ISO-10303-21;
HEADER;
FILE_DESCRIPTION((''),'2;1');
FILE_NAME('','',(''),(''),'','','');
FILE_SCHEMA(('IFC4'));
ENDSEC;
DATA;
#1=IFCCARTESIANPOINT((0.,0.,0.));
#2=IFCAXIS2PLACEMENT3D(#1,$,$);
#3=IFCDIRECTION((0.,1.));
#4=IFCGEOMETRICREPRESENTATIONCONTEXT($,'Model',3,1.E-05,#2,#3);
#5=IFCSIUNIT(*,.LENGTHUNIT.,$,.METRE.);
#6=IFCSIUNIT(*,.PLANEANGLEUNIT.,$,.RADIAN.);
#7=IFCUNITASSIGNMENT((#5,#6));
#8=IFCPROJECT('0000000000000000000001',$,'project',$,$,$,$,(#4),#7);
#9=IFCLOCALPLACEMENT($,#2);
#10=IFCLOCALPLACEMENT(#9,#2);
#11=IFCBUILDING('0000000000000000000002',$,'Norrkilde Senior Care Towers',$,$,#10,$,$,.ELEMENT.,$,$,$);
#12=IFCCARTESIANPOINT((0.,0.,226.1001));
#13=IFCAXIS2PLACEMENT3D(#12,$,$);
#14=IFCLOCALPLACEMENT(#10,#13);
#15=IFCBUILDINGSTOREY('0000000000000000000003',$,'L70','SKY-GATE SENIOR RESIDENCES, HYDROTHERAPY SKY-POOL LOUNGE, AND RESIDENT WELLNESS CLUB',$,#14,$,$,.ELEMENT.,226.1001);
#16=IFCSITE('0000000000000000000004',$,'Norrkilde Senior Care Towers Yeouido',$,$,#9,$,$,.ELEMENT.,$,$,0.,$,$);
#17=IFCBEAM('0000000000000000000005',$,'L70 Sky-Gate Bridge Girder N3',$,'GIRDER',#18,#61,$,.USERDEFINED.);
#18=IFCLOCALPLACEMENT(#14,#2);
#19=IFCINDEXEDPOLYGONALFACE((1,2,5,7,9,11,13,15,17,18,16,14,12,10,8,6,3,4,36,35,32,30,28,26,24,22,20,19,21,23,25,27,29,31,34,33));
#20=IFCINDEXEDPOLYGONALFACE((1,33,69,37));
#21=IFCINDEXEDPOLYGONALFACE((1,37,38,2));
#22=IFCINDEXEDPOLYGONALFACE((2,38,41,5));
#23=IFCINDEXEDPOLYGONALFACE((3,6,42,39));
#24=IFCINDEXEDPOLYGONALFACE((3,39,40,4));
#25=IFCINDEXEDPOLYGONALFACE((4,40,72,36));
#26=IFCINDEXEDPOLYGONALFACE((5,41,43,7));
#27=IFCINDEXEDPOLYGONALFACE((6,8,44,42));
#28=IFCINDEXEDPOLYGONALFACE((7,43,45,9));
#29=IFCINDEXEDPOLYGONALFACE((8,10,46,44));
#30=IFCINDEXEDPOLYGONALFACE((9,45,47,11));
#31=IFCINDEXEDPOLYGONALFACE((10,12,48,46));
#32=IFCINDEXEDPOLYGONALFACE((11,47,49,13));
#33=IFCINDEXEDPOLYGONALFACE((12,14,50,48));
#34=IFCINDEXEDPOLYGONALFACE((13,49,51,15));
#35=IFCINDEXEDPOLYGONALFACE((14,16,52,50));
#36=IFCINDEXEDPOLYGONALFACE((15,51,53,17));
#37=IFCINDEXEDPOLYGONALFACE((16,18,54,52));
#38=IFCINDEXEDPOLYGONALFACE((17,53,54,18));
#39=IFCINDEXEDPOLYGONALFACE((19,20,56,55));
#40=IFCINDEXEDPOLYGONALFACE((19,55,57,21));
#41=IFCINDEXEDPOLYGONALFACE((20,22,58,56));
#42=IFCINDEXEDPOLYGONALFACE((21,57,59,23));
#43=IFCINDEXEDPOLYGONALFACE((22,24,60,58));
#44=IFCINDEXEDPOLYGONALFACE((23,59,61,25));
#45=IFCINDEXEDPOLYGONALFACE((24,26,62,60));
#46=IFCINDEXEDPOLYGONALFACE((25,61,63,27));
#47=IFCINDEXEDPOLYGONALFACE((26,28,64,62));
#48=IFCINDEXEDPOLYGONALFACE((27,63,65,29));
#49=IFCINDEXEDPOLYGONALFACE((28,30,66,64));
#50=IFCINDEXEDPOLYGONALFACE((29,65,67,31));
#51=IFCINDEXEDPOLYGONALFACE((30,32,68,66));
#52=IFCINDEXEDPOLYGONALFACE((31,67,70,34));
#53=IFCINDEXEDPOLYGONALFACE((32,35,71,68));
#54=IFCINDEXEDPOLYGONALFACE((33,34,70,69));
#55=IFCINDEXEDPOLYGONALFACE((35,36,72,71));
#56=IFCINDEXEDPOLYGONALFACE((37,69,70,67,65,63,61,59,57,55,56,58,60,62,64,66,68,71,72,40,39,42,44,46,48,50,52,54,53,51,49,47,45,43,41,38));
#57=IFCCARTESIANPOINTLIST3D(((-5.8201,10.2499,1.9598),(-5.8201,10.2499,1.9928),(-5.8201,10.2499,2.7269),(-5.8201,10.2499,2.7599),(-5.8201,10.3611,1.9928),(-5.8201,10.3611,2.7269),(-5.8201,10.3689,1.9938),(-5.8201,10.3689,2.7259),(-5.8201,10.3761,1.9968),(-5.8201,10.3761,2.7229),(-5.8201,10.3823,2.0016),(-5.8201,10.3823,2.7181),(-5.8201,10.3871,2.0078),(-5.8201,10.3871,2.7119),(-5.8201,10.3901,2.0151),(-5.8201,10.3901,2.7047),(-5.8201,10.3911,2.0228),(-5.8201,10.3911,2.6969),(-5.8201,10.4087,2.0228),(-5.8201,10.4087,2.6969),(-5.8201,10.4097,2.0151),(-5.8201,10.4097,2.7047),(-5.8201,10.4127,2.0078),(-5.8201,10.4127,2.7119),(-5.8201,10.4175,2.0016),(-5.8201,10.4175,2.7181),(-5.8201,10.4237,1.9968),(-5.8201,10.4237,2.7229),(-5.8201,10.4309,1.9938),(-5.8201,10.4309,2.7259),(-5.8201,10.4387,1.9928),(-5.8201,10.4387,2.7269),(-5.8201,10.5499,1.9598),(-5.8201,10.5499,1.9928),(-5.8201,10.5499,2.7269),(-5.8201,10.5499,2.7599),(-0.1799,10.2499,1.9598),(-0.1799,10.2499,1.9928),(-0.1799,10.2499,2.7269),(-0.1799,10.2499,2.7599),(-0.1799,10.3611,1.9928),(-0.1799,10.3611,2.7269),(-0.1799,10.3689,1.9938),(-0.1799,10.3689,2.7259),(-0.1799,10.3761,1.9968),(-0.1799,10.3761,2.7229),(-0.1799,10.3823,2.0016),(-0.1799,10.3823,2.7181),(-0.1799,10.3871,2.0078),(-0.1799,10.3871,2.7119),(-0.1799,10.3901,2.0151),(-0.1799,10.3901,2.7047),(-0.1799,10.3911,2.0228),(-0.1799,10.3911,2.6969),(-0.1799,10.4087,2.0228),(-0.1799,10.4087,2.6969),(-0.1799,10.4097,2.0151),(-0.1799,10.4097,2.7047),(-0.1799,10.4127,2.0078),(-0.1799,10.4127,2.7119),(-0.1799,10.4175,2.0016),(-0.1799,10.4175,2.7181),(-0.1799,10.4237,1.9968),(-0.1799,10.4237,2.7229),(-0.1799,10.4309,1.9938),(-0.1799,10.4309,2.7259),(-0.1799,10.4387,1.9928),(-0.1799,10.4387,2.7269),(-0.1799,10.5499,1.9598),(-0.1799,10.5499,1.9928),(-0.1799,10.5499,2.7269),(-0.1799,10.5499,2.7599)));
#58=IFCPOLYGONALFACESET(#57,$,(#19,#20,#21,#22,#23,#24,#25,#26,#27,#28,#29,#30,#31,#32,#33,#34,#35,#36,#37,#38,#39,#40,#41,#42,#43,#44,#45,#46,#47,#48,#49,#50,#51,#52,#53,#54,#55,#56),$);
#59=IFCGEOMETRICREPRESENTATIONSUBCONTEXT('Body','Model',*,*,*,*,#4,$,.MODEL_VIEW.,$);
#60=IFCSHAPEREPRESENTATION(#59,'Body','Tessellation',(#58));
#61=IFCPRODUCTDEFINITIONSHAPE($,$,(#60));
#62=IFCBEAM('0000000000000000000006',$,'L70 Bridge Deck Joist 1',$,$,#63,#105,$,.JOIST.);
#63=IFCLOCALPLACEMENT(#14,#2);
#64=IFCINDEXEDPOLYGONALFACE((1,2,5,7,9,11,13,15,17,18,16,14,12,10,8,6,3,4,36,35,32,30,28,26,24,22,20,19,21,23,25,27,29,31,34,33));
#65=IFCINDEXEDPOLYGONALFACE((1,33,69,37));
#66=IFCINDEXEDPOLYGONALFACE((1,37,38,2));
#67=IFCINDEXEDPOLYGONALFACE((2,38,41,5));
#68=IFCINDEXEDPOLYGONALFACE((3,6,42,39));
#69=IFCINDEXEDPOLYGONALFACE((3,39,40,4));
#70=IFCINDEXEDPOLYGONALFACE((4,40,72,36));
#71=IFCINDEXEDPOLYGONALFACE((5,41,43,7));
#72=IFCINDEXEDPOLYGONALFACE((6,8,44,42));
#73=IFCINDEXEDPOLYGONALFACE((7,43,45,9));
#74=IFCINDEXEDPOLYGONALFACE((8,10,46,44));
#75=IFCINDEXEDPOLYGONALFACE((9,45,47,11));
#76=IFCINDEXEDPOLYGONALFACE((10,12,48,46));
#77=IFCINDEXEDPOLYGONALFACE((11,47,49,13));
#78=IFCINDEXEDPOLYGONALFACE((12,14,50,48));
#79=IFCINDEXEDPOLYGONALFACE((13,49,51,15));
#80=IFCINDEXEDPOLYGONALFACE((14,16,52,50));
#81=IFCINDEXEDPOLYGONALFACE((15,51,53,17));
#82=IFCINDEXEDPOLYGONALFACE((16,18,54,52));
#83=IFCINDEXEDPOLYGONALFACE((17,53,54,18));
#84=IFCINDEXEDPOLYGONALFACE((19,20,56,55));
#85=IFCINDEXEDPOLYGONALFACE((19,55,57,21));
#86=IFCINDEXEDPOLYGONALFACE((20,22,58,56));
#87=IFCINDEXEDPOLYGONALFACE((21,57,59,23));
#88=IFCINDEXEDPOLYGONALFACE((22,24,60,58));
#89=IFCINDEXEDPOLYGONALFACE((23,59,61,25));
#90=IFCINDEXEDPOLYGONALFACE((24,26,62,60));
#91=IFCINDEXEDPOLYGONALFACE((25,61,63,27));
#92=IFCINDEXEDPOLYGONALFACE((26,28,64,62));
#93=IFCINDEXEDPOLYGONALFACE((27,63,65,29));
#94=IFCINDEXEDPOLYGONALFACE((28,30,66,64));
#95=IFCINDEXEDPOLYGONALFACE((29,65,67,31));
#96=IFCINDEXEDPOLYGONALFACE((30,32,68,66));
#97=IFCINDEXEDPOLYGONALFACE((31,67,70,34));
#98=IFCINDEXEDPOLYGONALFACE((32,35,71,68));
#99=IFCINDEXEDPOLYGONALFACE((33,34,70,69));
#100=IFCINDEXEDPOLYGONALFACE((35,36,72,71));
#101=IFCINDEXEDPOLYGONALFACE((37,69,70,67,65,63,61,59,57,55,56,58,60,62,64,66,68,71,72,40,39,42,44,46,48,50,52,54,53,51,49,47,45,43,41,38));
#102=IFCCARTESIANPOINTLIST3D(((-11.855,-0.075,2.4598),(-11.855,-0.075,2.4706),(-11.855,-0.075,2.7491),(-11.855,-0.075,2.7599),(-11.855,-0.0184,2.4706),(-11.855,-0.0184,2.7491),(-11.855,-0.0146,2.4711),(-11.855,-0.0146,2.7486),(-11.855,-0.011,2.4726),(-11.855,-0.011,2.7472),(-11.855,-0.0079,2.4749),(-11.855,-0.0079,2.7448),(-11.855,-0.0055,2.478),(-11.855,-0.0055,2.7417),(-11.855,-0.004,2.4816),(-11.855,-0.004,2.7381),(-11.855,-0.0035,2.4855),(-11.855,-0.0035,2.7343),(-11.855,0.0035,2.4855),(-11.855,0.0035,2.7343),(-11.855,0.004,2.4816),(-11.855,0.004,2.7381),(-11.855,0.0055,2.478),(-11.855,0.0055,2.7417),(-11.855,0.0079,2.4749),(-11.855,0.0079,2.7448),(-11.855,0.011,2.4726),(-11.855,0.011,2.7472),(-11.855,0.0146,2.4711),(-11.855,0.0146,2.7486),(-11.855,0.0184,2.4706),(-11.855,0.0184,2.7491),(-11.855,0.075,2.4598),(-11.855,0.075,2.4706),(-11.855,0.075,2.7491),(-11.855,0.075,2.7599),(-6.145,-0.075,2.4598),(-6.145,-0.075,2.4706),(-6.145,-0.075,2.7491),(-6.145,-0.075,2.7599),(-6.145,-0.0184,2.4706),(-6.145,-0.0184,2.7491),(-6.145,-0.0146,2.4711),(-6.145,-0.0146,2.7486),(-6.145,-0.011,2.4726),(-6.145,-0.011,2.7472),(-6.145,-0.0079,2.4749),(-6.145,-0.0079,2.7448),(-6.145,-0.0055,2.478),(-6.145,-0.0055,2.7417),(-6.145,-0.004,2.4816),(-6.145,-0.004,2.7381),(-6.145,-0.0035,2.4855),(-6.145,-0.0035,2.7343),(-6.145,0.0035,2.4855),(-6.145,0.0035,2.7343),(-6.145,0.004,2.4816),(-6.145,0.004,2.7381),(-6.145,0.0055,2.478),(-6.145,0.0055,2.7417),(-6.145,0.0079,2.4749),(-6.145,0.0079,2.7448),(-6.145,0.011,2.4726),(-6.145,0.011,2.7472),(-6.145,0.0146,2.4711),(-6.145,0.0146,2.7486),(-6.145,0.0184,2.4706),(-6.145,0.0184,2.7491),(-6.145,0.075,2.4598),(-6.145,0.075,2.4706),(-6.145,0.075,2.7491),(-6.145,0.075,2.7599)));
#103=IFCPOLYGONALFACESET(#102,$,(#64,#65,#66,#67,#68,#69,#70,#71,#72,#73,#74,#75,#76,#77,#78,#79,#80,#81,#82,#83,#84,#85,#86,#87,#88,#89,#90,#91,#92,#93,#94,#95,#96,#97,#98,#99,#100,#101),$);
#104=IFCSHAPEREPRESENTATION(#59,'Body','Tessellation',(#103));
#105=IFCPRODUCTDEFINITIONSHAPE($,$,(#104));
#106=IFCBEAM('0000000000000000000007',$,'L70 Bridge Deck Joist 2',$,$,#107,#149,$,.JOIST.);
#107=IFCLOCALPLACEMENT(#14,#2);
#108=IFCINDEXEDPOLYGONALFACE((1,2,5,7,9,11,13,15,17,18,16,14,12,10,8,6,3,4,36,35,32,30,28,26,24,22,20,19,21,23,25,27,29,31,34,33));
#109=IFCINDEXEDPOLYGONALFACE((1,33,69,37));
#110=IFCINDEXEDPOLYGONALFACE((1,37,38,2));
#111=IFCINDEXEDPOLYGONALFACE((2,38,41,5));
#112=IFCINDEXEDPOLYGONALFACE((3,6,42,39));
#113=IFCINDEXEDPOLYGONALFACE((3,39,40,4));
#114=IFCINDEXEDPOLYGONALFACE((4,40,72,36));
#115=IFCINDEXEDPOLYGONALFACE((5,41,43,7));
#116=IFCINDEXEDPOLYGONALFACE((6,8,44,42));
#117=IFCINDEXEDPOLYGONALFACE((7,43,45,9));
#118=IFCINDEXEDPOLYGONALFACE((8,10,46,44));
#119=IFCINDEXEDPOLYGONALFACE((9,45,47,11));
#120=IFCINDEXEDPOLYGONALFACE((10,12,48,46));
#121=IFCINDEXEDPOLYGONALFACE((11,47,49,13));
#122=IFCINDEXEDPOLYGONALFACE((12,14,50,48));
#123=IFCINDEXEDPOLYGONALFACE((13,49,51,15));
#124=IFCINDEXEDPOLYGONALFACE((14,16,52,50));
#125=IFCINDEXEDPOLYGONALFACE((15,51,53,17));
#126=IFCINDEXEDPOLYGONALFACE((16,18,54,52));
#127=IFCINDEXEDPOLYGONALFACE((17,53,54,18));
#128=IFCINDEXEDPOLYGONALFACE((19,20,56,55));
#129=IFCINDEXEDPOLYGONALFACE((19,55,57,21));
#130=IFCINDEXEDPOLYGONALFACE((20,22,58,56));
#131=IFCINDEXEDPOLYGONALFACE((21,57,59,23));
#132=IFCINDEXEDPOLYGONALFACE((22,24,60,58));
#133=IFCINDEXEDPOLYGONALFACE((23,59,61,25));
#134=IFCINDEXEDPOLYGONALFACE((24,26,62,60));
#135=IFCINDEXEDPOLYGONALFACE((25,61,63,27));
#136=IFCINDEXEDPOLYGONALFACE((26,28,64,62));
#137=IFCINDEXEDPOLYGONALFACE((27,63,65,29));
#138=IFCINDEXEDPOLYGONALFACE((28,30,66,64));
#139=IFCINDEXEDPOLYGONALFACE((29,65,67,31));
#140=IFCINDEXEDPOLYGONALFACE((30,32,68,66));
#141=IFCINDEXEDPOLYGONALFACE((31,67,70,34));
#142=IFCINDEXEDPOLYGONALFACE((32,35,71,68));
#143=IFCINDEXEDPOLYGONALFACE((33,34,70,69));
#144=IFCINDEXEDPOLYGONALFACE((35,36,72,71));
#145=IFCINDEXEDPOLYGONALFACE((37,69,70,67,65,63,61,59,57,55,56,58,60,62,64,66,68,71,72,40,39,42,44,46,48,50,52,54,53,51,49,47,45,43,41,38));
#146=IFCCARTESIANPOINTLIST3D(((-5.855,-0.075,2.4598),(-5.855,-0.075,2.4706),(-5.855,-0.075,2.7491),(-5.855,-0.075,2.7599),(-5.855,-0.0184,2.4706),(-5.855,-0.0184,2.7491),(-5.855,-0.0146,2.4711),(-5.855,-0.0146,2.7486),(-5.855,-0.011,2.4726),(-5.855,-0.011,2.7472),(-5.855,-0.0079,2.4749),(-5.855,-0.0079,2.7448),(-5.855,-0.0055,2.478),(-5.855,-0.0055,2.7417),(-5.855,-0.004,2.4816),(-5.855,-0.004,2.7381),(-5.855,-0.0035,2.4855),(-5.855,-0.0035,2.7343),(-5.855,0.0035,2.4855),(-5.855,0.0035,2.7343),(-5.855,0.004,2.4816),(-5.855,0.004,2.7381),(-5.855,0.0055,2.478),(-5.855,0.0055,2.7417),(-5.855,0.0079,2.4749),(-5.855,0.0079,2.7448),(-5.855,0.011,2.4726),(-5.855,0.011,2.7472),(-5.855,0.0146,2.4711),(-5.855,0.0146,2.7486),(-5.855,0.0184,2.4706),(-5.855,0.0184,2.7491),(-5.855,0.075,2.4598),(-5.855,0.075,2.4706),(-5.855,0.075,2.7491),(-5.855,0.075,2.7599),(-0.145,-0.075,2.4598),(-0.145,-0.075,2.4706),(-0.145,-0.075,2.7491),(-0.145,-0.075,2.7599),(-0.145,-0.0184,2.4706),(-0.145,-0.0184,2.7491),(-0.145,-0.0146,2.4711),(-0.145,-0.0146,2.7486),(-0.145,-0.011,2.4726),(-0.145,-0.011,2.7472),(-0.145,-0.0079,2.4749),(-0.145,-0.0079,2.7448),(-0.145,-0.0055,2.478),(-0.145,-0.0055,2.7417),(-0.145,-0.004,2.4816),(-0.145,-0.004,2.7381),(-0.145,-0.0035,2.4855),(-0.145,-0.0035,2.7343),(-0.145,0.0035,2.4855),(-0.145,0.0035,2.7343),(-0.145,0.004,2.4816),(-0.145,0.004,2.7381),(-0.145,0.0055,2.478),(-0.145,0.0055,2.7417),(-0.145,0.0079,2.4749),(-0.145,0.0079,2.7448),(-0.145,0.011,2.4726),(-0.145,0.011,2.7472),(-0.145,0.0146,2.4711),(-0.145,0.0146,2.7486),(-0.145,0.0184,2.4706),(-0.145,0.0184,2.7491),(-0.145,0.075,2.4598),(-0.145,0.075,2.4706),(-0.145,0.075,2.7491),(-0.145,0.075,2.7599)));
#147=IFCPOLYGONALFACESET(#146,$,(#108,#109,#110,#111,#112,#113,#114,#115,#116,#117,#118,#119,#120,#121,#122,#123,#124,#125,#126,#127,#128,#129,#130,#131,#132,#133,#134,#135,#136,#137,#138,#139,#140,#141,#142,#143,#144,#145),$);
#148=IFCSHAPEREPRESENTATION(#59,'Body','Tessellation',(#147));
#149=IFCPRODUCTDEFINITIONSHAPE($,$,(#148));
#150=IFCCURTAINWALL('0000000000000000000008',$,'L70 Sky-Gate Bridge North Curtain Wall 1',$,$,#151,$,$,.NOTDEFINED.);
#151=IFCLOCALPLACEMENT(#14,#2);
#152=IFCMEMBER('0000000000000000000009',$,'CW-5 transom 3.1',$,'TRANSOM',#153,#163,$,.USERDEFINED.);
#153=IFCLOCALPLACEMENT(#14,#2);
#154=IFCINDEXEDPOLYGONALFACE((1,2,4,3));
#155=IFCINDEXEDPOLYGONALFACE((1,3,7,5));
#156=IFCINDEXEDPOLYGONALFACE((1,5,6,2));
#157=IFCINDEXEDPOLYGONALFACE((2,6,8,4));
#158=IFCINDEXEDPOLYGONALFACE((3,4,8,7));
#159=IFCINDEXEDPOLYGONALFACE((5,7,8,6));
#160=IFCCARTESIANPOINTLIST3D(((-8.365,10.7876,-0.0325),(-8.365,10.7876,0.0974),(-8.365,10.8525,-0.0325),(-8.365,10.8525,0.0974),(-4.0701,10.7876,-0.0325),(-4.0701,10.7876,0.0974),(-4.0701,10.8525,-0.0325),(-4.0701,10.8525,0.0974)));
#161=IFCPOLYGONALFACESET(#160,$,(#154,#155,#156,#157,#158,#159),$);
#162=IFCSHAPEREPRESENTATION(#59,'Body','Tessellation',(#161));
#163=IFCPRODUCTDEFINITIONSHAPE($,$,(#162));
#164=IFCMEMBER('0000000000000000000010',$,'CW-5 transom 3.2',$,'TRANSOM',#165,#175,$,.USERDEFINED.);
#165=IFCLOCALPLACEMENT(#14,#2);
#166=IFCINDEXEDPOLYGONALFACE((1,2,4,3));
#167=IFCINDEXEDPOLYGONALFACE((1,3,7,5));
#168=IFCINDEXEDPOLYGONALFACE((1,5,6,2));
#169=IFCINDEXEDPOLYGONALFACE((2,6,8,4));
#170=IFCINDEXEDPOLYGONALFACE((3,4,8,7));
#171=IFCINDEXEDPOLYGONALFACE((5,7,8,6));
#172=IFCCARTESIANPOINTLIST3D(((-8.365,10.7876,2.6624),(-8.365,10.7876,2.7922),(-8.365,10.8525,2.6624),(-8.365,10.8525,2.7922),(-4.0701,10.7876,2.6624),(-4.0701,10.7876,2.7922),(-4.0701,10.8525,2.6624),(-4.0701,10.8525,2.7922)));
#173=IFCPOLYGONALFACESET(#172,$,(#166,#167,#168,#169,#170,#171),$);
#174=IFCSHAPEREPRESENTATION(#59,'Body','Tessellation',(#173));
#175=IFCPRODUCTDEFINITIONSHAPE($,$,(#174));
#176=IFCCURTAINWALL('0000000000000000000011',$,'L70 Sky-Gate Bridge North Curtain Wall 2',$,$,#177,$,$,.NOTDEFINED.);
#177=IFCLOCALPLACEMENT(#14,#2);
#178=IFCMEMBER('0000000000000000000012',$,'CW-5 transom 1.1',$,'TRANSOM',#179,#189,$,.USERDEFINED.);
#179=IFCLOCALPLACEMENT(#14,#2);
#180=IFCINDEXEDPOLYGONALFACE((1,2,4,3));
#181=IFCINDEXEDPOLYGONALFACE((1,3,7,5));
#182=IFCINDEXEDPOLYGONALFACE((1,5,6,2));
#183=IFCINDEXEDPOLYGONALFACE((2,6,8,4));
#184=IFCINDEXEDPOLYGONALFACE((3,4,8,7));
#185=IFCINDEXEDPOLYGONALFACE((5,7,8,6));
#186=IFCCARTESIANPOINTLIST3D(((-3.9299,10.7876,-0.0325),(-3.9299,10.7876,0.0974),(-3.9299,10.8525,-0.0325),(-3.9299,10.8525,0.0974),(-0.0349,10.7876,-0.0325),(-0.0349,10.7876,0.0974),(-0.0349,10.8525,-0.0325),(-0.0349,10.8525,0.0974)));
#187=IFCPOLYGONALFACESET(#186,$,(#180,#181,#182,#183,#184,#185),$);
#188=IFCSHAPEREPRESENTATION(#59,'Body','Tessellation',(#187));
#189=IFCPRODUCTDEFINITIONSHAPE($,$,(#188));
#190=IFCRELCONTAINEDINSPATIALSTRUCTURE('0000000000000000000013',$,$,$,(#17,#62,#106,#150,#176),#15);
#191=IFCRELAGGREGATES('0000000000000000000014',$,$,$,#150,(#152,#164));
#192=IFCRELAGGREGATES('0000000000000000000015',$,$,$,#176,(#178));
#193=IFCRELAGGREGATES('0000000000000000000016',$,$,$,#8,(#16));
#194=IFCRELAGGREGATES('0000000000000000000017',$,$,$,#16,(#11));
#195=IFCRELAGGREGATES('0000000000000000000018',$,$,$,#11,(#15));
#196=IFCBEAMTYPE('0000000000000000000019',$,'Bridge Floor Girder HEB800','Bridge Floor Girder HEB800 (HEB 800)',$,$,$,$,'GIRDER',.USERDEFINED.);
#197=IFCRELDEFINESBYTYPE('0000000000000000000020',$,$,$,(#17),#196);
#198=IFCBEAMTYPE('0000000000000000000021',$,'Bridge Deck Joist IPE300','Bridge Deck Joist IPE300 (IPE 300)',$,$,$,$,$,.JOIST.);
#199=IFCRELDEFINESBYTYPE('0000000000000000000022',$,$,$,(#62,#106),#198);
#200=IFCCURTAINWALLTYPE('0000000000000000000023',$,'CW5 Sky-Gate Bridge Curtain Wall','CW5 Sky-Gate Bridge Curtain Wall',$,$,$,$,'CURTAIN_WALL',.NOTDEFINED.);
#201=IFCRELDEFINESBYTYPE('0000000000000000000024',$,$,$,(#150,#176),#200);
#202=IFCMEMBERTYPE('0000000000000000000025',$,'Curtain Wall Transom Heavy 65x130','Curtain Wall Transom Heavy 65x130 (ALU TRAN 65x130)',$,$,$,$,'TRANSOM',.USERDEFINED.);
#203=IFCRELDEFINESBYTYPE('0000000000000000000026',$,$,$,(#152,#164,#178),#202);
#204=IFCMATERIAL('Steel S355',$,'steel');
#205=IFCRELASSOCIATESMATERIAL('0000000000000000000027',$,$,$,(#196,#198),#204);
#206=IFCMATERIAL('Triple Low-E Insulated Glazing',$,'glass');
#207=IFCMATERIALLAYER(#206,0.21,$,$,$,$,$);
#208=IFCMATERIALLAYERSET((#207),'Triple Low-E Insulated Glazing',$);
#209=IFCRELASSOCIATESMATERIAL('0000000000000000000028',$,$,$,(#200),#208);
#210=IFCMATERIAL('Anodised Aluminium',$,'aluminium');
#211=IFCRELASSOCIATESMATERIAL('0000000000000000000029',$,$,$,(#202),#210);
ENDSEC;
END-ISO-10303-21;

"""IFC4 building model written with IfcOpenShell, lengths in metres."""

from ifc_helpers import new_model, si_unit, direction, frame, origin, origin_2d, place, context, subcontext, project, spatial, rectangle, i_section, extrude, source, transform, mapped, material, layer, layer_set, material_profile, profile_set, type_object, type_shapes, element, aggregate, save


model = new_model("IFC4")

# Units and contexts
model_context = context("Model", 3, precision=1e-05, world=origin(), true_north=direction((0.0, 1.0)))
body_context = subcontext(model_context, "Body", "Model", "MODEL_VIEW")
ifc_project = project(units=[si_unit("LENGTHUNIT", "METRE"), si_unit("PLANEANGLEUNIT", "RADIAN")], contexts=[model_context])

# Site, building, storey
site_placement = place(None, origin())
site = spatial("IfcSite", under=ifc_project, at=site_placement, Name="Norrkilde Senior Care Towers Yeouido", CompositionType="ELEMENT", RefElevation=0.0)
building_placement = place(site_placement, origin())
building = spatial("IfcBuilding", under=site, at=building_placement, Name="Norrkilde Senior Care Towers", CompositionType="ELEMENT")
storey_placement = place(building_placement, frame((0.0, 0.0, 226.1001)))
storey = spatial("IfcBuildingStorey", under=building, at=storey_placement, Name="L70", Description="SKY-GATE SENIOR RESIDENCES, HYDROTHERAPY SKY-POOL LOUNGE, AND RESIDENT WELLNESS CLUB", CompositionType="ELEMENT", Elevation=226.1001)

# Shared definitions
ifc_material_1 = material(Name="Steel S355", Category="steel")

# Beams
ifc_material_profile_1 = material_profile(ifc_material_1, i_section(OverallWidth=0.3, OverallDepth=0.8, WebThickness=0.0176, FlangeThickness=0.033, FilletRadius=0.03, at=origin_2d()), Name="HEB 800")
ifc_profile_set_1 = profile_set([ifc_material_profile_1], Name="Steel S355")
beam_type_1 = type_object("IfcBeamType", Name="Bridge Floor Girder HEB800", Description="Bridge Floor Girder HEB800 (HEB 800)", ElementType="GIRDER", PredefinedType="USERDEFINED", material=ifc_profile_set_1)
shared_shape_1 = source(origin(), body_context, "Body", "SweptSolid", [
    extrude(i_section(OverallWidth=0.3, OverallDepth=0.8, WebThickness=0.0176, FlangeThickness=0.033, FilletRadius=0.03, at=origin_2d()), origin(), (0.0, 0.0, 1.0), 5.6401),
])
type_shapes(beam_type_1, [shared_shape_1])
for number, where, z_axis, x_axis, name in (
    (1, (-5.8201, 10.3999, 2.3599), (1.0, 0.0, 0.0), (0.0, 1.0, 0.0), "L70 Sky-Gate Bridge Girder N3"),
):
    element("IfcBeam", number, at=place(storey_placement, frame(where, z_axis=z_axis, x_axis=x_axis)), inside=storey, type_object=beam_type_1, Name=name, ObjectType="GIRDER", PredefinedType="USERDEFINED", context=body_context, shape_type="MappedRepresentation", body=[
        mapped(shared_shape_1, transform((0.0, 0.0, 0.0), x_axis=(1.0, 0.0, 0.0), y_axis=(0.0, 1.0, 0.0), z_axis=(0.0, 0.0, 1.0), scale=1.0)),
    ])
ifc_material_profile_2 = material_profile(ifc_material_1, i_section(OverallWidth=0.1499, OverallDepth=0.3, WebThickness=0.0071, FlangeThickness=0.0107, FilletRadius=0.0149, at=origin_2d()), Name="IPE 300")
ifc_profile_set_2 = profile_set([ifc_material_profile_2], Name="Steel S355")
beam_type_2 = type_object("IfcBeamType", Name="Bridge Deck Joist IPE300", Description="Bridge Deck Joist IPE300 (IPE 300)", PredefinedType="JOIST", material=ifc_profile_set_2)
shared_shape_2 = source(origin(), body_context, "Body", "SweptSolid", [
    extrude(i_section(OverallWidth=0.1499, OverallDepth=0.3, WebThickness=0.0071, FlangeThickness=0.0107, FilletRadius=0.0149, at=origin_2d()), origin(), (0.0, 0.0, 1.0), 5.71),
])
type_shapes(beam_type_2, [shared_shape_2])
for number, where, z_axis, x_axis, name in (
    (2, (-11.855, 0.0, 2.6099), (1.0, 0.0, 0.0), (0.0, 1.0, 0.0), "L70 Bridge Deck Joist 1"),
    (3, (-5.855, 0.0, 2.6099), (1.0, 0.0, 0.0), (0.0, 1.0, 0.0), "L70 Bridge Deck Joist 2"),
):
    element("IfcBeam", number, at=place(storey_placement, frame(where, z_axis=z_axis, x_axis=x_axis)), inside=storey, type_object=beam_type_2, Name=name, PredefinedType="JOIST", context=body_context, shape_type="MappedRepresentation", body=[
        mapped(shared_shape_2, transform((0.0, 0.0, 0.0), x_axis=(1.0, 0.0, 0.0), y_axis=(0.0, 1.0, 0.0), z_axis=(0.0, 0.0, 1.0), scale=1.0)),
    ])

# Curtain walls, members
ifc_material_2 = material(Name="Triple Low-E Insulated Glazing", Category="glass")
ifc_layer_1 = layer(ifc_material_2, 0.21)
ifc_layer_set_1 = layer_set([ifc_layer_1], Name="Triple Low-E Insulated Glazing")
curtain_wall_type = type_object("IfcCurtainWallType", Name="CW5 Sky-Gate Bridge Curtain Wall", Description="CW5 Sky-Gate Bridge Curtain Wall", ElementType="CURTAIN_WALL", PredefinedType="NOTDEFINED", material=ifc_layer_set_1)
curtain_wall_1_placement = place(storey_placement, origin())
curtain_wall_1 = element("IfcCurtainWall", 4, at=curtain_wall_1_placement, inside=storey, type_object=curtain_wall_type, Name="L70 Sky-Gate Bridge North Curtain Wall 1", PredefinedType="NOTDEFINED")
ifc_material_3 = material(Name="Anodised Aluminium", Category="aluminium")
ifc_material_profile_3 = material_profile(ifc_material_3, rectangle(XDim=0.0649, YDim=0.1299, at=origin_2d()), Name="ALU TRAN 65x130")
ifc_profile_set_3 = profile_set([ifc_material_profile_3], Name="Anodised Aluminium")
member_type_1 = type_object("IfcMemberType", Name="Curtain Wall Transom Heavy 65x130", Description="Curtain Wall Transom Heavy 65x130 (ALU TRAN 65x130)", ElementType="TRANSOM", PredefinedType="USERDEFINED", material=ifc_profile_set_3)
shared_shape_3 = source(origin(), body_context, "Body", "SweptSolid", [
    extrude(rectangle(XDim=0.0649, YDim=0.1299, at=origin_2d()), origin(), (0.0, 0.0, 1.0), 4.2949),
])
member_1_placement = place(storey_placement, frame((-8.365, 10.8201, 0.0325), z_axis=(1.0, 0.0, 0.0), x_axis=(0.0, 1.0, 0.0)))
member_1 = element("IfcMember", 5, at=member_1_placement, type_object=member_type_1, Name="CW-5 transom 3.1", ObjectType="TRANSOM", PredefinedType="USERDEFINED", context=body_context, shape_type="MappedRepresentation", body=[
    mapped(shared_shape_3, transform((0.0, 0.0, 0.0), x_axis=(1.0, 0.0, 0.0), y_axis=(0.0, 1.0, 0.0), z_axis=(0.0, 0.0, 1.0), scale=1.0)),
])
member_2_placement = place(storey_placement, frame((-8.365, 10.8201, 2.7273), z_axis=(1.0, 0.0, 0.0), x_axis=(0.0, 1.0, 0.0)))
member_2 = element("IfcMember", 6, at=member_2_placement, type_object=member_type_1, Name="CW-5 transom 3.2", ObjectType="TRANSOM", PredefinedType="USERDEFINED", context=body_context, shape_type="MappedRepresentation", body=[
    mapped(shared_shape_3, transform((0.0, 0.0, 0.0), x_axis=(1.0, 0.0, 0.0), y_axis=(0.0, 1.0, 0.0), z_axis=(0.0, 0.0, 1.0), scale=1.0)),
])
curtain_wall_2_placement = place(storey_placement, origin())
curtain_wall_2 = element("IfcCurtainWall", 7, at=curtain_wall_2_placement, inside=storey, type_object=curtain_wall_type, Name="L70 Sky-Gate Bridge North Curtain Wall 2", PredefinedType="NOTDEFINED")
shared_shape_4 = source(origin(), body_context, "Body", "SweptSolid", [
    extrude(rectangle(XDim=0.0649, YDim=0.1299, at=origin_2d()), origin(), (0.0, 0.0, 1.0), 3.895),
])
type_shapes(member_type_1, [shared_shape_3, shared_shape_4])
member_3_placement = place(storey_placement, frame((-3.9299, 10.8201, 0.0325), z_axis=(1.0, 0.0, 0.0), x_axis=(0.0, 1.0, 0.0)))
member_3 = element("IfcMember", 8, at=member_3_placement, type_object=member_type_1, Name="CW-5 transom 1.1", ObjectType="TRANSOM", PredefinedType="USERDEFINED", context=body_context, shape_type="MappedRepresentation", body=[
    mapped(shared_shape_4, transform((0.0, 0.0, 0.0), x_axis=(1.0, 0.0, 0.0), y_axis=(0.0, 1.0, 0.0), z_axis=(0.0, 0.0, 1.0), scale=1.0)),
])

aggregate(curtain_wall_1, [member_1, member_2])
aggregate(curtain_wall_2, [member_3])

save(model, "model.ifc")
